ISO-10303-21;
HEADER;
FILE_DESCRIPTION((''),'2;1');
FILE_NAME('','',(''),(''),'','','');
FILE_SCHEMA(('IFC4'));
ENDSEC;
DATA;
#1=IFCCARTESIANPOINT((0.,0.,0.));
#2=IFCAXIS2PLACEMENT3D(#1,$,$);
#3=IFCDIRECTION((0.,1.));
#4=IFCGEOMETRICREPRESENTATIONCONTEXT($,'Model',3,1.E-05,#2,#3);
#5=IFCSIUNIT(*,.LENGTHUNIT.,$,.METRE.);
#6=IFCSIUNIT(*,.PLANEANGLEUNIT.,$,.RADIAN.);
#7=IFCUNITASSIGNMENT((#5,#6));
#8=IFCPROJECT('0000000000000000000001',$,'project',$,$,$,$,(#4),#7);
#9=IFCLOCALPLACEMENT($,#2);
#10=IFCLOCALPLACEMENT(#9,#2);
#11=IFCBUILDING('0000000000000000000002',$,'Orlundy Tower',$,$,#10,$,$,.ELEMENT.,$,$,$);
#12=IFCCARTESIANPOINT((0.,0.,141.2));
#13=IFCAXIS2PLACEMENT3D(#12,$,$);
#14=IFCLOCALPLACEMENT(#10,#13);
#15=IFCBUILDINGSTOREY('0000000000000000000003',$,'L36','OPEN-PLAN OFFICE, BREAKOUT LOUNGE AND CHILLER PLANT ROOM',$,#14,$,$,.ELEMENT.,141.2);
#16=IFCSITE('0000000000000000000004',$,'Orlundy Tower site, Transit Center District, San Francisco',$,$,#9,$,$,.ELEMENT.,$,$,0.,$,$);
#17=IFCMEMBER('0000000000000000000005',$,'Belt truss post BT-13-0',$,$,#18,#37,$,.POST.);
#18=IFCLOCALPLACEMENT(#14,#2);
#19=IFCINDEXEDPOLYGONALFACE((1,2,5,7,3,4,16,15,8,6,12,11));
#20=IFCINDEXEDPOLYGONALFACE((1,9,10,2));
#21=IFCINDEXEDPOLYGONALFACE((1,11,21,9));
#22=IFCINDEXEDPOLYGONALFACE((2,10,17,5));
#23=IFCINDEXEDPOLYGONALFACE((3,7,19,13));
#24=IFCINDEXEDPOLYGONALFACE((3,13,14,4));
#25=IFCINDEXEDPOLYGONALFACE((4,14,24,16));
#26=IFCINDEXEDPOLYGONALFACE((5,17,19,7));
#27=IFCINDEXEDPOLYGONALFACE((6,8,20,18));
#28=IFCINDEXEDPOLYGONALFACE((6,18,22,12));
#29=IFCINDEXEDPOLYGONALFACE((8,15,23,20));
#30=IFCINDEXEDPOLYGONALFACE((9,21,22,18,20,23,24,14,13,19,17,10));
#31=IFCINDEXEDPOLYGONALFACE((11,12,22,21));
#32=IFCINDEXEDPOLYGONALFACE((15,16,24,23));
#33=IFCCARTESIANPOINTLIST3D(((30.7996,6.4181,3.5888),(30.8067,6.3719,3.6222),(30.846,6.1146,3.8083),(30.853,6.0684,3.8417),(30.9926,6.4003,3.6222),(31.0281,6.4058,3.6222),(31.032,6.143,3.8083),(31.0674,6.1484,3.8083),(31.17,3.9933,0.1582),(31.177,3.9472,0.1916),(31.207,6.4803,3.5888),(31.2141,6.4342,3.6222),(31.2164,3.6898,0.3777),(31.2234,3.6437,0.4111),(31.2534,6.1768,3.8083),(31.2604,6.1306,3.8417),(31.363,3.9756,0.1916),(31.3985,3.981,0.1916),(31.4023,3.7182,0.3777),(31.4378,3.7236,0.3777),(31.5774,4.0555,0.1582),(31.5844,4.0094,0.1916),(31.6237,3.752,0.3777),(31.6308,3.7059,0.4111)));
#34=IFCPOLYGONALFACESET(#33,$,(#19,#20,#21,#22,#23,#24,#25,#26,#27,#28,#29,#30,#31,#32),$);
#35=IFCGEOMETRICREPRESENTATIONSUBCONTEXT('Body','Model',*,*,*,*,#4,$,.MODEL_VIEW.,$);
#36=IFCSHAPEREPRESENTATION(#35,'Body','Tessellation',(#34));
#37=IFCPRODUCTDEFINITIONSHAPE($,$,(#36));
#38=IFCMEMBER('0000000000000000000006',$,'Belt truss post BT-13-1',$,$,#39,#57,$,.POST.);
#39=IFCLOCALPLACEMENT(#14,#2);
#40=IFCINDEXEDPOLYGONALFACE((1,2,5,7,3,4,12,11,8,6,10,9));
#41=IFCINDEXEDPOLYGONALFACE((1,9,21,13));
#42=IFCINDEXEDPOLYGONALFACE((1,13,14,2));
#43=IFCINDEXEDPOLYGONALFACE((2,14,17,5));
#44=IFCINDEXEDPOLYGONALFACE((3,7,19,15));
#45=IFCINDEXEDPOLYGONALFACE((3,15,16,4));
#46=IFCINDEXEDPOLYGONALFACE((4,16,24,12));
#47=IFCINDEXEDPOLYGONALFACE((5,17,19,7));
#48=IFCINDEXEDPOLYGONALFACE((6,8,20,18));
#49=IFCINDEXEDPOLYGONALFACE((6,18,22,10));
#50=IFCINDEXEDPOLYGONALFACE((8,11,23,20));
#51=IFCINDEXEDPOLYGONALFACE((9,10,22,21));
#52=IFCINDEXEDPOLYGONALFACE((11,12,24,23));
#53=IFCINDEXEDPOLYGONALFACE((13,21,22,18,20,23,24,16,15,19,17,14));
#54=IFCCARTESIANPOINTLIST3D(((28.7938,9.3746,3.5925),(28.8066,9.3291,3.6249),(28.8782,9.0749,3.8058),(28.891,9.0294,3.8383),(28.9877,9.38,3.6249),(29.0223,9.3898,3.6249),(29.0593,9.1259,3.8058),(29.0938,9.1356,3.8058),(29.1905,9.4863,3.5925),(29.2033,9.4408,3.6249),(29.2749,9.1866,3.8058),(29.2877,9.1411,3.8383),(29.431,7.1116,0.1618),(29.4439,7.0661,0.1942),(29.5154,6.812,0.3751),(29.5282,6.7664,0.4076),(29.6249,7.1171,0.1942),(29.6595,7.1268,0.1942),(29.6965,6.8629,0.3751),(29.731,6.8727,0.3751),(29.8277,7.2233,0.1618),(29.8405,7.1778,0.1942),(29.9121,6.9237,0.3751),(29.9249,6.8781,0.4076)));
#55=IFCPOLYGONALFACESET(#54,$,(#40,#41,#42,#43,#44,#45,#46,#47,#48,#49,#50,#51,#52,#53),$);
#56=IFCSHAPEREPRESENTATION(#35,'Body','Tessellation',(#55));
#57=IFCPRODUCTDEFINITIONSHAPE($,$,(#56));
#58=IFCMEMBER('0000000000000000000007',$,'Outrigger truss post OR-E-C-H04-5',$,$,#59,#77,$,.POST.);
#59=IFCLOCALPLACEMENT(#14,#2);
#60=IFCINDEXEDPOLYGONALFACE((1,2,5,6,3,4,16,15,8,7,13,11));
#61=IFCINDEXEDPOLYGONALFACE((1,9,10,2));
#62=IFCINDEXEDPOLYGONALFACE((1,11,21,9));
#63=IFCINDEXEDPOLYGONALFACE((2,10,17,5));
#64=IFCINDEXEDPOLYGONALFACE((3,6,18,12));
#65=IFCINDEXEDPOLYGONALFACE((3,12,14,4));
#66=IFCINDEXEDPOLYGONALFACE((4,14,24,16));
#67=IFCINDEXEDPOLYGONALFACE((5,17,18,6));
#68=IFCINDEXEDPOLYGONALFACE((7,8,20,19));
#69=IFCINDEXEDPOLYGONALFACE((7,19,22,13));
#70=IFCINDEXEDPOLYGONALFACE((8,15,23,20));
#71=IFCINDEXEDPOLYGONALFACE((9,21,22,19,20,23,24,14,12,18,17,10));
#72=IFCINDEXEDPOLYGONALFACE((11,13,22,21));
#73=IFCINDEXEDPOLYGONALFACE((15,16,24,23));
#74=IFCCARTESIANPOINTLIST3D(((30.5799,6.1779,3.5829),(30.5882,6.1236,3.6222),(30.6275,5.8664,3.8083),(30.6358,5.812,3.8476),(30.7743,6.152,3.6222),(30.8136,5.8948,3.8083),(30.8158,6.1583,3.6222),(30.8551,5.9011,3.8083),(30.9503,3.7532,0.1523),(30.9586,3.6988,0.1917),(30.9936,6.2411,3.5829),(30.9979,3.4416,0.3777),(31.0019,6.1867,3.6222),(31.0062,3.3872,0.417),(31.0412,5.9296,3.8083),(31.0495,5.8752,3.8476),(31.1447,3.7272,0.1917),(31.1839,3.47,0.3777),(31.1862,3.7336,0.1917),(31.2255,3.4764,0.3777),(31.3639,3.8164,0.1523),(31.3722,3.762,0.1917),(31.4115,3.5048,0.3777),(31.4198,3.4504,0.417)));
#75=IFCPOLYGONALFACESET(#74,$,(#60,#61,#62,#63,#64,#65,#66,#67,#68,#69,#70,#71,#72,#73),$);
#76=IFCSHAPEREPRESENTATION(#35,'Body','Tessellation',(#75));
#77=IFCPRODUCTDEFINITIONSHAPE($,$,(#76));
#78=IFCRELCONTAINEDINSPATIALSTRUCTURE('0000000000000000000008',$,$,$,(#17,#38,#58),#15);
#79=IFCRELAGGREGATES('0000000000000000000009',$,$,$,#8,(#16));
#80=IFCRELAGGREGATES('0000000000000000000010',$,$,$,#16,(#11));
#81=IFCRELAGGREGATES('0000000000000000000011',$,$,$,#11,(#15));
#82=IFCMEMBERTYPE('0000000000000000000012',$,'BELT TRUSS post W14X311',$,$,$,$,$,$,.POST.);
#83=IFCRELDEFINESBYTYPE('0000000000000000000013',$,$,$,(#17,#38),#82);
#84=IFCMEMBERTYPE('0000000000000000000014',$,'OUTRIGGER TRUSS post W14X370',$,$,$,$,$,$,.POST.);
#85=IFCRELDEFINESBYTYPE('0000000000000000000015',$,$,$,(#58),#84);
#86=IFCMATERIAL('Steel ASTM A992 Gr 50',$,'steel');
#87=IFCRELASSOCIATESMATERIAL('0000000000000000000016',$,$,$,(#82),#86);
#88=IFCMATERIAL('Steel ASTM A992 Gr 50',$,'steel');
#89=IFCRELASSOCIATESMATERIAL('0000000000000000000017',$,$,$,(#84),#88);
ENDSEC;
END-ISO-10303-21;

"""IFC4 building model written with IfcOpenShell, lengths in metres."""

from ifc_helpers import new_model, si_unit, direction, frame, origin, origin_2d, place, context, subcontext, project, spatial, i_section, extrude, material, material_profile, profile_set, type_object, element, save


model = new_model("IFC4")

# Units and contexts
model_context = context("Model", 3, precision=1e-05, world=origin(), true_north=direction((0.0, 1.0)))
body_context = subcontext(model_context, "Body", "Model", "MODEL_VIEW")
ifc_project = project(units=[si_unit("LENGTHUNIT", "METRE"), si_unit("PLANEANGLEUNIT", "RADIAN")], contexts=[model_context])

# Site, building, storey
site_placement = place(None, origin())
site = spatial("IfcSite", under=ifc_project, at=site_placement, Name="Orlundy Tower site, Transit Center District, San Francisco", CompositionType="ELEMENT", RefElevation=0.0)
building_placement = place(site_placement, origin())
building = spatial("IfcBuilding", under=site, at=building_placement, Name="Orlundy Tower", CompositionType="ELEMENT")
storey_placement = place(building_placement, frame((0.0, 0.0, 141.2)))
storey = spatial("IfcBuildingStorey", under=building, at=storey_placement, Name="L36", Description="OPEN-PLAN OFFICE, BREAKOUT LOUNGE AND CHILLER PLANT ROOM", CompositionType="ELEMENT", Elevation=141.2)

# Members
ifc_material_1 = material(Name="Steel ASTM A992 Gr 50", Category="steel")
ifc_material_profile_1 = material_profile(ifc_material_1, i_section(OverallWidth=0.4121, OverallDepth=0.4348, WebThickness=0.0359, FlangeThickness=0.0574, at=origin_2d()), Name="W14X311")
ifc_profile_set_1 = profile_set([ifc_material_profile_1], Name="Steel ASTM A992 Gr 50")
member_type_1 = type_object("IfcMemberType", Name="BELT TRUSS post W14X311", PredefinedType="POST", material=ifc_profile_set_1)
for number, where, z_axis, x_axis, name in (
    (1, (31.4004, 3.8496, 0.2847), (-0.087818, 0.574955, 0.813458), (-0.988536, -0.150988, 0.0), "Belt truss post BT-13-0"),
):
    element("IfcMember", number, at=place(storey_placement, frame(where, z_axis=z_axis, x_axis=x_axis)), inside=storey, type_object=member_type_1, Name=name, PredefinedType="POST", context=body_context, shape_type="SweptSolid", body=[
        extrude(i_section(OverallWidth=0.4121, OverallDepth=0.4348, WebThickness=0.0359, FlangeThickness=0.0574, at=origin_2d()), origin(), (0.0, 0.0, 1.0), 4.2173),
    ])
member_1_placement = place(storey_placement, frame((29.678, 6.9949, 0.2847), z_axis=(-0.153216, 0.544121, 0.824899), x_axis=(-0.962567, -0.271043, 0.0)))
element("IfcMember", 2, at=member_1_placement, inside=storey, type_object=member_type_1, Name="Belt truss post BT-13-1", PredefinedType="POST", context=body_context, shape_type="SweptSolid", body=[
    extrude(i_section(OverallWidth=0.4121, OverallDepth=0.4348, WebThickness=0.0359, FlangeThickness=0.0574, at=origin_2d()), origin(), (0.0, 0.0, 1.0), 4.1589),
])
ifc_material_2 = material(Name="Steel ASTM A992 Gr 50", Category="steel")
ifc_material_profile_2 = material_profile(ifc_material_2, i_section(OverallWidth=0.4185, OverallDepth=0.4551, WebThickness=0.042, FlangeThickness=0.0676, at=origin_2d()), Name="W14X370")
ifc_profile_set_2 = profile_set([ifc_material_profile_2], Name="Steel ASTM A992 Gr 50")
member_type_2 = type_object("IfcMemberType", Name="OUTRIGGER TRUSS post W14X370", PredefinedType="POST", material=ifc_profile_set_2)
member_2_placement = place(storey_placement, frame((31.1851, 3.6018, 0.2847), z_axis=(-0.087818, 0.574955, 0.813458), x_axis=(-0.988536, -0.150988, 0.0)))
element("IfcMember", 3, at=member_2_placement, inside=storey, type_object=member_type_2, Name="Outrigger truss post OR-E-C-H04-5", PredefinedType="POST", context=body_context, shape_type="SweptSolid", body=[
    extrude(i_section(OverallWidth=0.4185, OverallDepth=0.4551, WebThickness=0.042, FlangeThickness=0.0676, at=origin_2d()), origin(), (0.0, 0.0, 1.0), 4.2173),
])

save(model, "model.ifc")
